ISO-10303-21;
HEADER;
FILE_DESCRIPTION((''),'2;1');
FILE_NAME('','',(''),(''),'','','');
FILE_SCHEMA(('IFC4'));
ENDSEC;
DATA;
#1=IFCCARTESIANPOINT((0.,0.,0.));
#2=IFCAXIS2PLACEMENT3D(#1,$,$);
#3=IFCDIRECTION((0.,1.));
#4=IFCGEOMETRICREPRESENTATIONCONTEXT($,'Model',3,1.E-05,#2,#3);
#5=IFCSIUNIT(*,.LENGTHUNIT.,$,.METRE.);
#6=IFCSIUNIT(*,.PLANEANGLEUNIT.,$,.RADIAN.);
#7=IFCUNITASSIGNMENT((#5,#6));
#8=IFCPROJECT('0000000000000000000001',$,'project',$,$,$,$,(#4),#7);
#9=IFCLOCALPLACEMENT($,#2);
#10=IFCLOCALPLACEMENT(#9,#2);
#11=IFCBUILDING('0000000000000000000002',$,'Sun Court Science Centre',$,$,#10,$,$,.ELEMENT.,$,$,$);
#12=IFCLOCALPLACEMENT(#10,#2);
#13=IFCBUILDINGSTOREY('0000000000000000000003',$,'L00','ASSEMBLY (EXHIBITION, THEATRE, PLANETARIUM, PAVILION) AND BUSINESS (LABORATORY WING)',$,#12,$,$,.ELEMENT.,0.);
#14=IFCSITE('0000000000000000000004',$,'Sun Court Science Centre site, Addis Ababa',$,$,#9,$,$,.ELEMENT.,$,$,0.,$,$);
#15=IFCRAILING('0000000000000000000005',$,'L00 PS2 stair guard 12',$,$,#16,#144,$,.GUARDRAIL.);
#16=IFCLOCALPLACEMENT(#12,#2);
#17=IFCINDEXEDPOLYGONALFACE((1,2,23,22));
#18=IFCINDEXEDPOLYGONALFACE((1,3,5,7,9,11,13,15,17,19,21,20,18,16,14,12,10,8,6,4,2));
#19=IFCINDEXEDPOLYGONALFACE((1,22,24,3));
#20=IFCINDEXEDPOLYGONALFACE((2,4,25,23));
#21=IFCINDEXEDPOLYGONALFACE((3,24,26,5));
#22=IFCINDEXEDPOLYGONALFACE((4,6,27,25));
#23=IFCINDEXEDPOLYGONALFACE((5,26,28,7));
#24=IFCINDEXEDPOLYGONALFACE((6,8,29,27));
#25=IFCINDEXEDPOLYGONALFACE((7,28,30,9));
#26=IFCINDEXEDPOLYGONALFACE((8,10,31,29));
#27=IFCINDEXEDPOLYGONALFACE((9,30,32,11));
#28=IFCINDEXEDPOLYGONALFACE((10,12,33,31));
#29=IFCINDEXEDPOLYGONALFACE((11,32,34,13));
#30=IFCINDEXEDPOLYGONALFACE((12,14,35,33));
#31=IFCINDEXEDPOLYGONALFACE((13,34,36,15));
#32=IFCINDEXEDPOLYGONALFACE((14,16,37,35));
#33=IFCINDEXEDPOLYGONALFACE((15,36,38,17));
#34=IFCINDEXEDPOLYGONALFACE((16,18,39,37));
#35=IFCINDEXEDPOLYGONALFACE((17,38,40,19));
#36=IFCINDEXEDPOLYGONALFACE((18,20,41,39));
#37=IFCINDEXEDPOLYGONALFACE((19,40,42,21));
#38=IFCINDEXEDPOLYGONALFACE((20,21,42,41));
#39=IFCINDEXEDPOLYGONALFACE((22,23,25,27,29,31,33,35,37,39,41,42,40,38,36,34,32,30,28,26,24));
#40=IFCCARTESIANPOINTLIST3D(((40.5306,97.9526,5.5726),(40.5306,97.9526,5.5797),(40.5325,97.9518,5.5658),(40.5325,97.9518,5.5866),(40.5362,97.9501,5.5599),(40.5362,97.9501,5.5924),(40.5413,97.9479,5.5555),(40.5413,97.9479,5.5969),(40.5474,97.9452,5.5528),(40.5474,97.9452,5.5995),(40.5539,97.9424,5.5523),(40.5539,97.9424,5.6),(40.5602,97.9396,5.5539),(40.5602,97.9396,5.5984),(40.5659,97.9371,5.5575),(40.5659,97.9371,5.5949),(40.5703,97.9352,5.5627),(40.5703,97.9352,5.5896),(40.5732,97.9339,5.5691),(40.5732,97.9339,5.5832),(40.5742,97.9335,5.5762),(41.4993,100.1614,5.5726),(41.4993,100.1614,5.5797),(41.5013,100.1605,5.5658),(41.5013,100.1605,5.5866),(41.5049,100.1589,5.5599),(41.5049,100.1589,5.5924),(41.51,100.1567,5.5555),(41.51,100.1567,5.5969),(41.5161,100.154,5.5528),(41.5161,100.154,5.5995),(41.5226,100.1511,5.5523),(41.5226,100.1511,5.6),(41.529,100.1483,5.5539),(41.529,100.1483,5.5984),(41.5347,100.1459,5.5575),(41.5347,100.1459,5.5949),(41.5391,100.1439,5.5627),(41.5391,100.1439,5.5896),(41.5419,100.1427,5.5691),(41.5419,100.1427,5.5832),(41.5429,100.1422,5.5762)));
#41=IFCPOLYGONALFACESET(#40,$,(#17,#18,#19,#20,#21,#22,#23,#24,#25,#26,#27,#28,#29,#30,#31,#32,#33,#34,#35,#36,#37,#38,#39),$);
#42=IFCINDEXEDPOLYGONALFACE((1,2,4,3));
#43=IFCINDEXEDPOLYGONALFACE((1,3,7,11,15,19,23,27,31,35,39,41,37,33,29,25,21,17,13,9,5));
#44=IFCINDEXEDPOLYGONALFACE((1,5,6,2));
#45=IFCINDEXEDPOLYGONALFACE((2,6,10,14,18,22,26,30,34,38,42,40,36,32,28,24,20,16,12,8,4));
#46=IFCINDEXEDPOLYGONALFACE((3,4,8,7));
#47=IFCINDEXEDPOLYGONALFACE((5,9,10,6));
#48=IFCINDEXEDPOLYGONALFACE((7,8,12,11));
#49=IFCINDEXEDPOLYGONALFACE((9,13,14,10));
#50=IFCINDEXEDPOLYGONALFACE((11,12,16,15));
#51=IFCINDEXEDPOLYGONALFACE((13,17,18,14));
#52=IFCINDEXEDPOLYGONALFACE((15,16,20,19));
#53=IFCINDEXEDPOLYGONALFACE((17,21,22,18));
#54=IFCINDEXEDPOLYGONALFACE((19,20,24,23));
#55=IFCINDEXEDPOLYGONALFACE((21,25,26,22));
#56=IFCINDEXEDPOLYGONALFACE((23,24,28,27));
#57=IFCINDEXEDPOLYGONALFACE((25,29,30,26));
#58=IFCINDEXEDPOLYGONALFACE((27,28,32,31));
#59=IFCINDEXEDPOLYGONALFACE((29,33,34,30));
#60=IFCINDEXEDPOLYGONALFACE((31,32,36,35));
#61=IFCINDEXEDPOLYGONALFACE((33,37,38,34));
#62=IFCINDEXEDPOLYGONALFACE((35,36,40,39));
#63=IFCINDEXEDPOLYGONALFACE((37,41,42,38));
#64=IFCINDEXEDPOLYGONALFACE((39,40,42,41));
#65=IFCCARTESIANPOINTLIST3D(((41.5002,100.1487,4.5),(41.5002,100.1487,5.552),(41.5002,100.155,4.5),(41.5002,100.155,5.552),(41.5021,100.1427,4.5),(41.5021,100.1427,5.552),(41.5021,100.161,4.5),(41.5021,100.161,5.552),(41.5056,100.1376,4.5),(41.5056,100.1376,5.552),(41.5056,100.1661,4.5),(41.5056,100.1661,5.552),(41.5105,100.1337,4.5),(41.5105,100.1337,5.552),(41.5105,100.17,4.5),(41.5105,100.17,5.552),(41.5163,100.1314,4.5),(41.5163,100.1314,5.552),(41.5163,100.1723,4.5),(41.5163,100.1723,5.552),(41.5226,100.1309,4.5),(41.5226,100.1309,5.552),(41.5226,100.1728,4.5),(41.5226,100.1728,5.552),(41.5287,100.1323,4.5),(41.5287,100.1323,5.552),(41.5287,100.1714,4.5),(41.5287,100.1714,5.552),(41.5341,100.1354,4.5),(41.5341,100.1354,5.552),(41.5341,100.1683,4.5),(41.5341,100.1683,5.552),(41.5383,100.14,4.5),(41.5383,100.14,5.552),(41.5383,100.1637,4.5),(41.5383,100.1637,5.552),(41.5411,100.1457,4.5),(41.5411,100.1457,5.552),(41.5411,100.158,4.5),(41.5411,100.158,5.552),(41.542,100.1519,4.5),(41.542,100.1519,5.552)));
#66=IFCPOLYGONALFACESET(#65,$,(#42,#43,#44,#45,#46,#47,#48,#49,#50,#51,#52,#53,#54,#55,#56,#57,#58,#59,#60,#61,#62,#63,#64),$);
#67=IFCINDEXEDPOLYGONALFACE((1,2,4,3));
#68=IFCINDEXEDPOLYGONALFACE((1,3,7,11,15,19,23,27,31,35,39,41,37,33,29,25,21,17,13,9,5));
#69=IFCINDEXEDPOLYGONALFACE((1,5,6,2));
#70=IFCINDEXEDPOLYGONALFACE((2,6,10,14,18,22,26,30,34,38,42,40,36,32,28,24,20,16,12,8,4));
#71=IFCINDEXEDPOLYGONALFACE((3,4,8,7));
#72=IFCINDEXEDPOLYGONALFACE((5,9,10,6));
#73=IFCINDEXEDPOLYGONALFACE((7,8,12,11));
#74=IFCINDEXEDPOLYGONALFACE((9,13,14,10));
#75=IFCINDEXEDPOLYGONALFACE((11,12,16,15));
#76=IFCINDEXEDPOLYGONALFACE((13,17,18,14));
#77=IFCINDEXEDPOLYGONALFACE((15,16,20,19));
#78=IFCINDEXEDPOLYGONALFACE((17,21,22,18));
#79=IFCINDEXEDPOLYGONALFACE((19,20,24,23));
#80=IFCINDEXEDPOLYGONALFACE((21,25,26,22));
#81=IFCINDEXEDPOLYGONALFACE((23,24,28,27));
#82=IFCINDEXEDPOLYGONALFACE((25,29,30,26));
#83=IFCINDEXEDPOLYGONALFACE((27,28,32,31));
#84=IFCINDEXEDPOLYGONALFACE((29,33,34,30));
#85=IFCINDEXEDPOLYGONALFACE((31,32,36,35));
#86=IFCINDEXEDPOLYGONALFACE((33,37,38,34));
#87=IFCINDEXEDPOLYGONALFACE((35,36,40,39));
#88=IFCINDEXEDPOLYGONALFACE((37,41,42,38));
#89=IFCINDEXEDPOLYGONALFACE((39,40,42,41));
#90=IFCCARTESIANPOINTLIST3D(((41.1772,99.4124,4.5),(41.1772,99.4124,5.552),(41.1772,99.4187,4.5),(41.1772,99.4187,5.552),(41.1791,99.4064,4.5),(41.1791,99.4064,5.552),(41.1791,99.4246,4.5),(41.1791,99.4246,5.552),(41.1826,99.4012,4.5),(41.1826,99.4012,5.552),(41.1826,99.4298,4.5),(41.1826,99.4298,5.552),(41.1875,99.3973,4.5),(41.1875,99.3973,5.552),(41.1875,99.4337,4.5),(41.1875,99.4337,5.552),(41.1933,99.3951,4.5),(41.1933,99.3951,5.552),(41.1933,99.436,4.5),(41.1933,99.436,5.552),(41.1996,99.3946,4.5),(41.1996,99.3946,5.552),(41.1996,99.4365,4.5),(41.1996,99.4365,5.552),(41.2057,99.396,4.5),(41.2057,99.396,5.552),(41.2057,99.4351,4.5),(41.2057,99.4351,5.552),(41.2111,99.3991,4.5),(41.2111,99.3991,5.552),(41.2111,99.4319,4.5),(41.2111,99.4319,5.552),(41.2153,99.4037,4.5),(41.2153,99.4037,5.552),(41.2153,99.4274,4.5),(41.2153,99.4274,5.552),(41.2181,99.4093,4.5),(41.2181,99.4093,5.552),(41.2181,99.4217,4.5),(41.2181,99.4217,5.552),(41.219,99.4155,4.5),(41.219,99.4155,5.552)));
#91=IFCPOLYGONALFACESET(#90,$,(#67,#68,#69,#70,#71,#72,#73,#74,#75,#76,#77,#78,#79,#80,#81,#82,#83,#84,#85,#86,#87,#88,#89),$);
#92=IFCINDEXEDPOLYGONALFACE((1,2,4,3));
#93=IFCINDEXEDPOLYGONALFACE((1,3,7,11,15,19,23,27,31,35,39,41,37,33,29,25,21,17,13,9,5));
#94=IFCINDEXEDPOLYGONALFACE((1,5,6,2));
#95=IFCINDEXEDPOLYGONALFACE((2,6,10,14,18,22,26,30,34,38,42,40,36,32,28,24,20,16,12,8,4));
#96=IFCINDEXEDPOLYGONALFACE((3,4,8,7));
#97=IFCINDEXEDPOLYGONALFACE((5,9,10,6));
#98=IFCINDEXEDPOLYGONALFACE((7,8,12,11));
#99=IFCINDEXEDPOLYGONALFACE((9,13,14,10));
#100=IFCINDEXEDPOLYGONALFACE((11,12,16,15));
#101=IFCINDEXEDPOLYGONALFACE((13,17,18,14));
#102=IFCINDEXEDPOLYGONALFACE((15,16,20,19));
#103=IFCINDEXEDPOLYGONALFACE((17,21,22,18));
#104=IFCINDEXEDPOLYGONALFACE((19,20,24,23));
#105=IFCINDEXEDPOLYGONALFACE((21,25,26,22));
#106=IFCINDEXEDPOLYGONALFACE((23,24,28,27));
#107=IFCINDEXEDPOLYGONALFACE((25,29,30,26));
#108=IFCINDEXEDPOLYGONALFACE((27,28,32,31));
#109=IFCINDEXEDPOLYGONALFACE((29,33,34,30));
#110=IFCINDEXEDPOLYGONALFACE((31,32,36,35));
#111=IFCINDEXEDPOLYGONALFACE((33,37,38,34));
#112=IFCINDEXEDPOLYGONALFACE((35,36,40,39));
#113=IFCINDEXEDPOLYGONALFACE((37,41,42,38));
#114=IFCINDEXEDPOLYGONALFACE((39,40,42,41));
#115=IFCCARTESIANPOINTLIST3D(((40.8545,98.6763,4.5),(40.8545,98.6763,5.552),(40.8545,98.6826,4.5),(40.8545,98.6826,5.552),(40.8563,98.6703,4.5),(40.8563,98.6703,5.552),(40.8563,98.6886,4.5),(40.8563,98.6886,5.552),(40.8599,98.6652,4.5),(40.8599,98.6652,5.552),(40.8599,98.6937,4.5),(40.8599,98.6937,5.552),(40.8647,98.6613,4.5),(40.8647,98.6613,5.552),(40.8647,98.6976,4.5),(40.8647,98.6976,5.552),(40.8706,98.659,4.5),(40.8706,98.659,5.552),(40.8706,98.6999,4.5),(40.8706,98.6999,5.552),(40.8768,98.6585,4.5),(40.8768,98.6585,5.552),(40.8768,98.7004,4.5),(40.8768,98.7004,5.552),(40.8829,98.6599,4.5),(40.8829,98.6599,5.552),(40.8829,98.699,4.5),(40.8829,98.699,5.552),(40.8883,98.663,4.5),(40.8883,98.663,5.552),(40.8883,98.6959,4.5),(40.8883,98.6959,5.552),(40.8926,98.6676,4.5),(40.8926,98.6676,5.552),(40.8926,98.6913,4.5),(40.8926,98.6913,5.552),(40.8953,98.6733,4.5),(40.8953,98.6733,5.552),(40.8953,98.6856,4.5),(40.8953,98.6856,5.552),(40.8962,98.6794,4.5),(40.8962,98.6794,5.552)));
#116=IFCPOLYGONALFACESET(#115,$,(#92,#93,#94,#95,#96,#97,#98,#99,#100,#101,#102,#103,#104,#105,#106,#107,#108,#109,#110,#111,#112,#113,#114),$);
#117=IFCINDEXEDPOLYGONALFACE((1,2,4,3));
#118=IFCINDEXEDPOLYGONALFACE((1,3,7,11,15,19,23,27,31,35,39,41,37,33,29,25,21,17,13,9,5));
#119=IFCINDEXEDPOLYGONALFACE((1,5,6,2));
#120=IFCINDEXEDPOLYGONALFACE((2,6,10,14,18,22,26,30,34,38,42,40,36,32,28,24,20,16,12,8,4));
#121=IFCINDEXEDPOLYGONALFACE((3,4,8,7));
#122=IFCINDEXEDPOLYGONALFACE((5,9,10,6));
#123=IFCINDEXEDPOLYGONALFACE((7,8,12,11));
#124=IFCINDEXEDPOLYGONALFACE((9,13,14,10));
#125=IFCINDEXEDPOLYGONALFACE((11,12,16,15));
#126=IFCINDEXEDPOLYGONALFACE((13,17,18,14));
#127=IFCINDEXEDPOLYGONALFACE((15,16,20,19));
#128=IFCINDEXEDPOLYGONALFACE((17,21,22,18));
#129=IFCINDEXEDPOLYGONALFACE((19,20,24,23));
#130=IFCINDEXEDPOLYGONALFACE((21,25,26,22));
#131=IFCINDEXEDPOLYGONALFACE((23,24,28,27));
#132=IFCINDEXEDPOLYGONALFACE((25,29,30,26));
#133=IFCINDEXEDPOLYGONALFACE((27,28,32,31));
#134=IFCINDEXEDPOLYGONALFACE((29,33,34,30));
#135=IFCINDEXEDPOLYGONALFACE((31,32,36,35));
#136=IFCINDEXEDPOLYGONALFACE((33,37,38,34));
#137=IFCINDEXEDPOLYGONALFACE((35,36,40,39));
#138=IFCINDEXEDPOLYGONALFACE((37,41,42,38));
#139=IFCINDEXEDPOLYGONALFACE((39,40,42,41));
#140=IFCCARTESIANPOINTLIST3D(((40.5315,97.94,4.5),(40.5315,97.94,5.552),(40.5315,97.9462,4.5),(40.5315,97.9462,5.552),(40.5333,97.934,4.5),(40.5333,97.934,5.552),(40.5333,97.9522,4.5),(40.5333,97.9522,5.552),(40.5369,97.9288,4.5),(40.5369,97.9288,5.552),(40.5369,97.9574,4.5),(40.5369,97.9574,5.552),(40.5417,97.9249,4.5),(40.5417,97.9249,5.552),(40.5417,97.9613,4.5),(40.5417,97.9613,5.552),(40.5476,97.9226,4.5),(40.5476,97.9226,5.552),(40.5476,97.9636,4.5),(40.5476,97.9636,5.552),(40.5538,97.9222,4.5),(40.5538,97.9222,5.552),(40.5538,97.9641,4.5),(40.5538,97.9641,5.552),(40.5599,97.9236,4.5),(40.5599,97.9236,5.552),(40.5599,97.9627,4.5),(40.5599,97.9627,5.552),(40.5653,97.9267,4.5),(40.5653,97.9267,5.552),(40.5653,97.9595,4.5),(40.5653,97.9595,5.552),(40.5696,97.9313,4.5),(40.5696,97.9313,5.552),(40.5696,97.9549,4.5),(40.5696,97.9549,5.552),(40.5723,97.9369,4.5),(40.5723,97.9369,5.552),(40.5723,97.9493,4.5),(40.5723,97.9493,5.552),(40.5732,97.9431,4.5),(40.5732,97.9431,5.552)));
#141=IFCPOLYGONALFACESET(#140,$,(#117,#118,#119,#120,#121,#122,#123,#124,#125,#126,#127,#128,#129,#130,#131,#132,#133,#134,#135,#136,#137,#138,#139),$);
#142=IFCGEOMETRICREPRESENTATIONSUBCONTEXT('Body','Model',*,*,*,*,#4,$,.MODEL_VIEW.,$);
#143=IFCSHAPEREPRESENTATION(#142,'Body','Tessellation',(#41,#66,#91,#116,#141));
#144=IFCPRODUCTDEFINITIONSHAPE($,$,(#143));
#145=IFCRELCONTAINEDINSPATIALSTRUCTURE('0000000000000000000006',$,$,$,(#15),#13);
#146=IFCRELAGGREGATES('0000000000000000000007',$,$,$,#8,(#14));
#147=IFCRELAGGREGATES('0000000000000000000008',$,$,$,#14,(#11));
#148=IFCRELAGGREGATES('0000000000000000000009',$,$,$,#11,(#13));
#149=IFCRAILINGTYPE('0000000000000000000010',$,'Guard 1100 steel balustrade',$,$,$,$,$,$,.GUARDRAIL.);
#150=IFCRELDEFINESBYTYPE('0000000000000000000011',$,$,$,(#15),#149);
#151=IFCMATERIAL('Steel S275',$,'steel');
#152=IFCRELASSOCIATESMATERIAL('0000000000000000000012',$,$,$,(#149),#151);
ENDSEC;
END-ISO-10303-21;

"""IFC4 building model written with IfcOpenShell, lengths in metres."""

from ifc_helpers import new_model, si_unit, direction, frame, origin, origin_2d, place, context, subcontext, project, spatial, circle, extrude, material, type_object, element, save


model = new_model("IFC4")

# Units and contexts
model_context = context("Model", 3, precision=1e-05, world=origin(), true_north=direction((0.0, 1.0)))
body_context = subcontext(model_context, "Body", "Model", "MODEL_VIEW")
ifc_project = project(units=[si_unit("LENGTHUNIT", "METRE"), si_unit("PLANEANGLEUNIT", "RADIAN")], contexts=[model_context])

# Site, building, storey
site_placement = place(None, origin())
site = spatial("IfcSite", under=ifc_project, at=site_placement, Name="Sun Court Science Centre site, Addis Ababa", CompositionType="ELEMENT", RefElevation=0.0)
building_placement = place(site_placement, origin())
building = spatial("IfcBuilding", under=site, at=building_placement, Name="Sun Court Science Centre", CompositionType="ELEMENT")
storey_placement = place(building_placement, origin())
storey = spatial("IfcBuildingStorey", under=building, at=storey_placement, Name="L00", Description="ASSEMBLY (EXHIBITION, THEATRE, PLANETARIUM, PAVILION) AND BUSINESS (LABORATORY WING)", CompositionType="ELEMENT", Elevation=0.0)

# Railing
ifc_material_1 = material(Name="Steel S275", Category="steel")
railing_type_1 = type_object("IfcRailingType", Name="Guard 1100 steel balustrade", PredefinedType="GUARDRAIL", material=ifc_material_1)
railing_1_placement = place(storey_placement, frame((41.521, 100.1519, 4.5)))
element("IfcRailing", 1, at=railing_1_placement, inside=storey, type_object=railing_type_1, Name="L00 PS2 stair guard 12", PredefinedType="GUARDRAIL", context=body_context, shape_type="SweptSolid", body=[
    extrude(circle(Radius=0.0239, at=origin_2d()), frame((0.0, 0.0, 1.0762), z_axis=(-0.401663, -0.915788, 0.0), x_axis=(0.915788, -0.401663, 0.0)), (0.0, 0.0, 1.0), 2.4119),
    extrude(circle(Radius=0.021, at=origin_2d()), origin(), (0.0, 0.0, 1.0), 1.052),
    extrude(circle(Radius=0.021, at=origin_2d()), frame((-0.323, -0.7363, 0.0)), (0.0, 0.0, 1.0), 1.052),
    extrude(circle(Radius=0.021, at=origin_2d()), frame((-0.6458, -1.4724, 0.0)), (0.0, 0.0, 1.0), 1.052),
    extrude(circle(Radius=0.021, at=origin_2d()), frame((-0.9688, -2.2087, 0.0)), (0.0, 0.0, 1.0), 1.052),
])

save(model, "model.ifc")
